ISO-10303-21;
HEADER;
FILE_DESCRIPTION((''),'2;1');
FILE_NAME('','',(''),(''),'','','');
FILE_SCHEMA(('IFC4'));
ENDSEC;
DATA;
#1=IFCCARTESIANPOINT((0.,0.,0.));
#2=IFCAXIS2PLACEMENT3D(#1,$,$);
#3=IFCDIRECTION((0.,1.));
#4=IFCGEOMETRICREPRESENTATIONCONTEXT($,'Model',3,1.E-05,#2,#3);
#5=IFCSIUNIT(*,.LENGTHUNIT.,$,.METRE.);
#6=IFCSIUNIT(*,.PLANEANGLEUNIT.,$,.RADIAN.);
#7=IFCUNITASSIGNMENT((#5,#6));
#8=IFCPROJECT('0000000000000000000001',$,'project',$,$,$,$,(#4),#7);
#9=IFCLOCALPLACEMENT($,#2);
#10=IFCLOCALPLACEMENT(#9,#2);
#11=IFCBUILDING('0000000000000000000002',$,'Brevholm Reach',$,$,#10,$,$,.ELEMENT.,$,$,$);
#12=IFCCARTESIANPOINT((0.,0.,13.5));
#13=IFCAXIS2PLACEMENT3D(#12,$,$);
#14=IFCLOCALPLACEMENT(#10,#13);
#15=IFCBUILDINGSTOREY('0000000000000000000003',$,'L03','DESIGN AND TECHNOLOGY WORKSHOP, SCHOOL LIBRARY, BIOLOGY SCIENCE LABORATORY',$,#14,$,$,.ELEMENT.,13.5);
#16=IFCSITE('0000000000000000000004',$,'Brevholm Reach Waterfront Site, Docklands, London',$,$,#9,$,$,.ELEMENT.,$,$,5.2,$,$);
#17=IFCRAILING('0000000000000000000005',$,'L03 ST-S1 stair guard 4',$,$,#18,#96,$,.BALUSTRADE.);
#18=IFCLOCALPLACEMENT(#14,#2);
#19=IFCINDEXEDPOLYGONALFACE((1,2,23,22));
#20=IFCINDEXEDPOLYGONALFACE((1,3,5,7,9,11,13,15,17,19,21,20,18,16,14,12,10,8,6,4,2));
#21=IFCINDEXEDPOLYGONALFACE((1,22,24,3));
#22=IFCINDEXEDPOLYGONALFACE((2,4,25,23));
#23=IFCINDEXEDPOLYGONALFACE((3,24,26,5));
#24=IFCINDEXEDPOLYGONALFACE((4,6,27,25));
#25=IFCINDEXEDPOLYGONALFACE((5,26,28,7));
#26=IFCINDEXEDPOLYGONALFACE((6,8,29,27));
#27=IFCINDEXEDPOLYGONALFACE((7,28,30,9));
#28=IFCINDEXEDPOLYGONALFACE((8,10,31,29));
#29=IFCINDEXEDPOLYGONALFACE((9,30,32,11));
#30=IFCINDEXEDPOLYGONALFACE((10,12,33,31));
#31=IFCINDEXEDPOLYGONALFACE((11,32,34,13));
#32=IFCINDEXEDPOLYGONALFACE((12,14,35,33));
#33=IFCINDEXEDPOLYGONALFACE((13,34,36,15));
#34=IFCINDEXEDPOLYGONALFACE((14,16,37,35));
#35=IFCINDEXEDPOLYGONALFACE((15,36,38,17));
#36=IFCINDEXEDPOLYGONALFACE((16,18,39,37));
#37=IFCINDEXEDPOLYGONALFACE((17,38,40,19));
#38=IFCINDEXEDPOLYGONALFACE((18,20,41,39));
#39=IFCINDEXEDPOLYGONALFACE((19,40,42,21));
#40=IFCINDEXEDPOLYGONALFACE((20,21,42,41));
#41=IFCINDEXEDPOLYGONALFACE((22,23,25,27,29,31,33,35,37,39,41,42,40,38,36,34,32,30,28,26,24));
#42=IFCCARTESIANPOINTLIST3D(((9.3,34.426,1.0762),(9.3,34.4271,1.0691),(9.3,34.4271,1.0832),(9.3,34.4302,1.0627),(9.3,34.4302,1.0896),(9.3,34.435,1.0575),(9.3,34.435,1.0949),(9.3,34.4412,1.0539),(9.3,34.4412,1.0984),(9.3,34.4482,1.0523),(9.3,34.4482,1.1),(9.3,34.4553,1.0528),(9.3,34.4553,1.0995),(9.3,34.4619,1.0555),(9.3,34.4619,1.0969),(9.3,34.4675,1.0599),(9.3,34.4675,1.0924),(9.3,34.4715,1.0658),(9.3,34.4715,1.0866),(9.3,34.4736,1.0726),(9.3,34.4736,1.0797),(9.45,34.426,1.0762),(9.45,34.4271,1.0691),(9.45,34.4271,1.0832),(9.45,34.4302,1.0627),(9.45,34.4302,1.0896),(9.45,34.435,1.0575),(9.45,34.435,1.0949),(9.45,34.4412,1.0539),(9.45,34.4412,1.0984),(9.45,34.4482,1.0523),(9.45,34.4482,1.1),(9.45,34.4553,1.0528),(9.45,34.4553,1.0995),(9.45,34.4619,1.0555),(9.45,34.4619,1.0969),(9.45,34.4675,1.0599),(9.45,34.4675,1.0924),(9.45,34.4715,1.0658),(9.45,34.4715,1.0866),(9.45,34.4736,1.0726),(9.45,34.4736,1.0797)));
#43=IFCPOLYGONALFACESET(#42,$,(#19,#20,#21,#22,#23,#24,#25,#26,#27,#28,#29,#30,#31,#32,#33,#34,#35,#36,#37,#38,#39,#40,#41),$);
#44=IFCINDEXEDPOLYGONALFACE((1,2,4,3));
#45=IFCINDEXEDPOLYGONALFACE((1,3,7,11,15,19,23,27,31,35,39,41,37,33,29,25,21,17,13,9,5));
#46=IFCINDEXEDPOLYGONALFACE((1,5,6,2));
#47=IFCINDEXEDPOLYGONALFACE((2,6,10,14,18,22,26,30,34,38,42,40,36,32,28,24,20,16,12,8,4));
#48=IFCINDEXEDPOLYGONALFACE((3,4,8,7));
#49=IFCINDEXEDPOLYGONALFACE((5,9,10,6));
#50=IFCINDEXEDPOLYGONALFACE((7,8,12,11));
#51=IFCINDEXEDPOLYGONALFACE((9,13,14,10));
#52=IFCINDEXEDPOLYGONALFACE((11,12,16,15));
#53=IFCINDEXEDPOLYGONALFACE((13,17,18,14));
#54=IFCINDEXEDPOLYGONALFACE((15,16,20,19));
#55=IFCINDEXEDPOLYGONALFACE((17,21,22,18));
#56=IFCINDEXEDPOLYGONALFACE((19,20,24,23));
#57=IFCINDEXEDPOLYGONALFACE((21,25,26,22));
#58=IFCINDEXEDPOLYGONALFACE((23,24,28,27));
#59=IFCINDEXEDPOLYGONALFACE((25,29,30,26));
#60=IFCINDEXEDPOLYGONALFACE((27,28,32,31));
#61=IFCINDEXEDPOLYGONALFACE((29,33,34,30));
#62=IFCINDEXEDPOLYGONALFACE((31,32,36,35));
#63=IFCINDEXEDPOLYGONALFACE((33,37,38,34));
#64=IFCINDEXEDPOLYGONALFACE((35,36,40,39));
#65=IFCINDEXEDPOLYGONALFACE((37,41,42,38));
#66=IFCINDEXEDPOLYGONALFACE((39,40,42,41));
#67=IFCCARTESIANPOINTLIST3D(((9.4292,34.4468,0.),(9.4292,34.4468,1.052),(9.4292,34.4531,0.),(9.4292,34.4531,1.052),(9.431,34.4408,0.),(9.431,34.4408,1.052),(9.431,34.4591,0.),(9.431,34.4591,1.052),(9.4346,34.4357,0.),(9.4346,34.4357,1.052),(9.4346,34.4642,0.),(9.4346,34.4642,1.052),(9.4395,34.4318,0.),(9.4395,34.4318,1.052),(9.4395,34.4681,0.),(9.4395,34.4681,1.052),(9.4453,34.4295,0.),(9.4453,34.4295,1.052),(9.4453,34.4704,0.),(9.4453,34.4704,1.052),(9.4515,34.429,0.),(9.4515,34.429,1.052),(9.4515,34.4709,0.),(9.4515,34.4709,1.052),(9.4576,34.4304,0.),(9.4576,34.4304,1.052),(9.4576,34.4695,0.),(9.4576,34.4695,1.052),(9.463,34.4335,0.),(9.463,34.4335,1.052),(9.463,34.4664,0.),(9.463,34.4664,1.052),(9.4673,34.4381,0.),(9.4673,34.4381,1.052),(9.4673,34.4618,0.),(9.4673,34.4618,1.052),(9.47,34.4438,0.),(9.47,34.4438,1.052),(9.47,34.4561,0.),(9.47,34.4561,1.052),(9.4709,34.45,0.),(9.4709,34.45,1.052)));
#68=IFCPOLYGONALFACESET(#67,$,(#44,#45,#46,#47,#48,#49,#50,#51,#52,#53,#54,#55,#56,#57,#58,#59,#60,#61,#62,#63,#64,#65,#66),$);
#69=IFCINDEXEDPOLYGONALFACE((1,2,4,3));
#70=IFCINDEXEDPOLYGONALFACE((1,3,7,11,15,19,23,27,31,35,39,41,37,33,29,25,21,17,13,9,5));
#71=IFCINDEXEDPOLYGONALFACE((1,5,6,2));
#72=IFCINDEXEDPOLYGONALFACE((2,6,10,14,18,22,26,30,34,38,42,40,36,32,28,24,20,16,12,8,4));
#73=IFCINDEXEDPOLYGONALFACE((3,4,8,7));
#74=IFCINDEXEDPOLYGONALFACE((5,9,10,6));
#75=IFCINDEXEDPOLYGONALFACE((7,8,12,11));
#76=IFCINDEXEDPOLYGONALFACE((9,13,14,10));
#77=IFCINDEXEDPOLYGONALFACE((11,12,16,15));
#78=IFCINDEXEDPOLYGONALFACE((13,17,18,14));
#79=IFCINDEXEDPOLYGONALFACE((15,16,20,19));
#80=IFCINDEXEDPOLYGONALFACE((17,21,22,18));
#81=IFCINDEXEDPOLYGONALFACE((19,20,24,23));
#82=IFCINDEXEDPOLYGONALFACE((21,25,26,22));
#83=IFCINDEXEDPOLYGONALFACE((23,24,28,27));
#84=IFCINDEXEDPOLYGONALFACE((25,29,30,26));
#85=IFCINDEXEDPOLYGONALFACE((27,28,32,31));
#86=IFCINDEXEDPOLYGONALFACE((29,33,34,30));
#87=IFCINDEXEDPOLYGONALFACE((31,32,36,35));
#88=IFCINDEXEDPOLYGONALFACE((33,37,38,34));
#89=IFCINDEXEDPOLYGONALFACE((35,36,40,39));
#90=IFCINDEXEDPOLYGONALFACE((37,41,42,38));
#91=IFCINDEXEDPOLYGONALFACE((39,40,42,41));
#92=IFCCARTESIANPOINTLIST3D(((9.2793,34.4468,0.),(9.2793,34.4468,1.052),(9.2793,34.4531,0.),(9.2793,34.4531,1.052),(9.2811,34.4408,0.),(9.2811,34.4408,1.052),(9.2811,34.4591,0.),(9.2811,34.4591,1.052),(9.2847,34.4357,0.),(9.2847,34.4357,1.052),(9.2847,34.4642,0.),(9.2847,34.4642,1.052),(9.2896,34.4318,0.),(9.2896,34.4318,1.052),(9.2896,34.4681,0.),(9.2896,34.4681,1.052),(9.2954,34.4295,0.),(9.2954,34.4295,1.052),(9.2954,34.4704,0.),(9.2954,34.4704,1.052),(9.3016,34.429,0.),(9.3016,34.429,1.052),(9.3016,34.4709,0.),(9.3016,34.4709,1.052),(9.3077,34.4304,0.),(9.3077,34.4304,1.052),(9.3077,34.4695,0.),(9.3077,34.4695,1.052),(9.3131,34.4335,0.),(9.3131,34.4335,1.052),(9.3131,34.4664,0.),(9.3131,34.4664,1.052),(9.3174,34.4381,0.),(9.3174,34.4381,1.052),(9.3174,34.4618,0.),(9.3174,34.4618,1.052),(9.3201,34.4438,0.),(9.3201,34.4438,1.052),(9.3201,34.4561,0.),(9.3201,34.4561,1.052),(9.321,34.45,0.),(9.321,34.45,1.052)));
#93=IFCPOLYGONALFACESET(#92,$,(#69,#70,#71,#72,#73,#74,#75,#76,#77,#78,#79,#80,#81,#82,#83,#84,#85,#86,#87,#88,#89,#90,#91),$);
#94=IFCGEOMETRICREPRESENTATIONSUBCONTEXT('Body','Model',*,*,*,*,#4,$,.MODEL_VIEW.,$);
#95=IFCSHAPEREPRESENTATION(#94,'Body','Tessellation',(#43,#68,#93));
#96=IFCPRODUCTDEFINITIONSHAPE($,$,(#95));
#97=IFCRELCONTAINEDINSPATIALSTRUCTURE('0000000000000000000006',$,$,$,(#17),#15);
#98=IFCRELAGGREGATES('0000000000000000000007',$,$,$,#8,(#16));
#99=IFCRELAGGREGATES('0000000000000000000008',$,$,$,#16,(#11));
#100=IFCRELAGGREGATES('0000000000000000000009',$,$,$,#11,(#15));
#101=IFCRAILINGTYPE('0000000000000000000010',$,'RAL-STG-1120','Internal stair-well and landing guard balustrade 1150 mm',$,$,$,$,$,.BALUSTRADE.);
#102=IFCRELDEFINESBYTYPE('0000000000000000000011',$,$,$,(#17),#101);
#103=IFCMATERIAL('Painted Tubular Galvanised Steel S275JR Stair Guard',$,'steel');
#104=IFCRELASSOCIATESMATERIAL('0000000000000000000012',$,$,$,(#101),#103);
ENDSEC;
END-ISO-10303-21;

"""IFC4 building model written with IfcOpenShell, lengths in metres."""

from ifc_helpers import new_model, si_unit, direction, frame, origin, origin_2d, place, context, subcontext, project, spatial, circle, extrude, material, type_object, element, save


model = new_model("IFC4")

# Units and contexts
model_context = context("Model", 3, precision=1e-05, world=origin(), true_north=direction((0.0, 1.0)))
body_context = subcontext(model_context, "Body", "Model", "MODEL_VIEW")
ifc_project = project(units=[si_unit("LENGTHUNIT", "METRE"), si_unit("PLANEANGLEUNIT", "RADIAN")], contexts=[model_context])

# Site, building, storey
site_placement = place(None, origin())
site = spatial("IfcSite", under=ifc_project, at=site_placement, Name="Brevholm Reach Waterfront Site, Docklands, London", CompositionType="ELEMENT", RefElevation=5.2)
building_placement = place(site_placement, origin())
building = spatial("IfcBuilding", under=site, at=building_placement, Name="Brevholm Reach", CompositionType="ELEMENT")
storey_placement = place(building_placement, frame((0.0, 0.0, 13.5)))
storey = spatial("IfcBuildingStorey", under=building, at=storey_placement, Name="L03", Description="DESIGN AND TECHNOLOGY WORKSHOP, SCHOOL LIBRARY, BIOLOGY SCIENCE LABORATORY", CompositionType="ELEMENT", Elevation=13.5)

# Railing
ifc_material_1 = material(Name="Painted Tubular Galvanised Steel S275JR Stair Guard", Category="steel")
railing_type_1 = type_object("IfcRailingType", Name="RAL-STG-1120", Description="Internal stair-well and landing guard balustrade 1150 mm", PredefinedType="BALUSTRADE", material=ifc_material_1)
railing_1_placement = place(storey_placement, frame((9.45, 34.45, 0.0)))
element("IfcRailing", 1, at=railing_1_placement, inside=storey, type_object=railing_type_1, Name="L03 ST-S1 stair guard 4", PredefinedType="BALUSTRADE", context=body_context, shape_type="SweptSolid", body=[
    extrude(circle(Radius=0.0239, at=origin_2d()), frame((0.0, 0.0, 1.0762), z_axis=(-1.0, 0.0, 0.0), x_axis=(0.0, -1.0, 0.0)), (0.0, 0.0, 1.0), 0.1499),
    extrude(circle(Radius=0.021, at=origin_2d()), origin(), (0.0, 0.0, 1.0), 1.052),
    extrude(circle(Radius=0.021, at=origin_2d()), frame((-0.1499, 0.0, 0.0)), (0.0, 0.0, 1.0), 1.052),
])

save(model, "model.ifc")
